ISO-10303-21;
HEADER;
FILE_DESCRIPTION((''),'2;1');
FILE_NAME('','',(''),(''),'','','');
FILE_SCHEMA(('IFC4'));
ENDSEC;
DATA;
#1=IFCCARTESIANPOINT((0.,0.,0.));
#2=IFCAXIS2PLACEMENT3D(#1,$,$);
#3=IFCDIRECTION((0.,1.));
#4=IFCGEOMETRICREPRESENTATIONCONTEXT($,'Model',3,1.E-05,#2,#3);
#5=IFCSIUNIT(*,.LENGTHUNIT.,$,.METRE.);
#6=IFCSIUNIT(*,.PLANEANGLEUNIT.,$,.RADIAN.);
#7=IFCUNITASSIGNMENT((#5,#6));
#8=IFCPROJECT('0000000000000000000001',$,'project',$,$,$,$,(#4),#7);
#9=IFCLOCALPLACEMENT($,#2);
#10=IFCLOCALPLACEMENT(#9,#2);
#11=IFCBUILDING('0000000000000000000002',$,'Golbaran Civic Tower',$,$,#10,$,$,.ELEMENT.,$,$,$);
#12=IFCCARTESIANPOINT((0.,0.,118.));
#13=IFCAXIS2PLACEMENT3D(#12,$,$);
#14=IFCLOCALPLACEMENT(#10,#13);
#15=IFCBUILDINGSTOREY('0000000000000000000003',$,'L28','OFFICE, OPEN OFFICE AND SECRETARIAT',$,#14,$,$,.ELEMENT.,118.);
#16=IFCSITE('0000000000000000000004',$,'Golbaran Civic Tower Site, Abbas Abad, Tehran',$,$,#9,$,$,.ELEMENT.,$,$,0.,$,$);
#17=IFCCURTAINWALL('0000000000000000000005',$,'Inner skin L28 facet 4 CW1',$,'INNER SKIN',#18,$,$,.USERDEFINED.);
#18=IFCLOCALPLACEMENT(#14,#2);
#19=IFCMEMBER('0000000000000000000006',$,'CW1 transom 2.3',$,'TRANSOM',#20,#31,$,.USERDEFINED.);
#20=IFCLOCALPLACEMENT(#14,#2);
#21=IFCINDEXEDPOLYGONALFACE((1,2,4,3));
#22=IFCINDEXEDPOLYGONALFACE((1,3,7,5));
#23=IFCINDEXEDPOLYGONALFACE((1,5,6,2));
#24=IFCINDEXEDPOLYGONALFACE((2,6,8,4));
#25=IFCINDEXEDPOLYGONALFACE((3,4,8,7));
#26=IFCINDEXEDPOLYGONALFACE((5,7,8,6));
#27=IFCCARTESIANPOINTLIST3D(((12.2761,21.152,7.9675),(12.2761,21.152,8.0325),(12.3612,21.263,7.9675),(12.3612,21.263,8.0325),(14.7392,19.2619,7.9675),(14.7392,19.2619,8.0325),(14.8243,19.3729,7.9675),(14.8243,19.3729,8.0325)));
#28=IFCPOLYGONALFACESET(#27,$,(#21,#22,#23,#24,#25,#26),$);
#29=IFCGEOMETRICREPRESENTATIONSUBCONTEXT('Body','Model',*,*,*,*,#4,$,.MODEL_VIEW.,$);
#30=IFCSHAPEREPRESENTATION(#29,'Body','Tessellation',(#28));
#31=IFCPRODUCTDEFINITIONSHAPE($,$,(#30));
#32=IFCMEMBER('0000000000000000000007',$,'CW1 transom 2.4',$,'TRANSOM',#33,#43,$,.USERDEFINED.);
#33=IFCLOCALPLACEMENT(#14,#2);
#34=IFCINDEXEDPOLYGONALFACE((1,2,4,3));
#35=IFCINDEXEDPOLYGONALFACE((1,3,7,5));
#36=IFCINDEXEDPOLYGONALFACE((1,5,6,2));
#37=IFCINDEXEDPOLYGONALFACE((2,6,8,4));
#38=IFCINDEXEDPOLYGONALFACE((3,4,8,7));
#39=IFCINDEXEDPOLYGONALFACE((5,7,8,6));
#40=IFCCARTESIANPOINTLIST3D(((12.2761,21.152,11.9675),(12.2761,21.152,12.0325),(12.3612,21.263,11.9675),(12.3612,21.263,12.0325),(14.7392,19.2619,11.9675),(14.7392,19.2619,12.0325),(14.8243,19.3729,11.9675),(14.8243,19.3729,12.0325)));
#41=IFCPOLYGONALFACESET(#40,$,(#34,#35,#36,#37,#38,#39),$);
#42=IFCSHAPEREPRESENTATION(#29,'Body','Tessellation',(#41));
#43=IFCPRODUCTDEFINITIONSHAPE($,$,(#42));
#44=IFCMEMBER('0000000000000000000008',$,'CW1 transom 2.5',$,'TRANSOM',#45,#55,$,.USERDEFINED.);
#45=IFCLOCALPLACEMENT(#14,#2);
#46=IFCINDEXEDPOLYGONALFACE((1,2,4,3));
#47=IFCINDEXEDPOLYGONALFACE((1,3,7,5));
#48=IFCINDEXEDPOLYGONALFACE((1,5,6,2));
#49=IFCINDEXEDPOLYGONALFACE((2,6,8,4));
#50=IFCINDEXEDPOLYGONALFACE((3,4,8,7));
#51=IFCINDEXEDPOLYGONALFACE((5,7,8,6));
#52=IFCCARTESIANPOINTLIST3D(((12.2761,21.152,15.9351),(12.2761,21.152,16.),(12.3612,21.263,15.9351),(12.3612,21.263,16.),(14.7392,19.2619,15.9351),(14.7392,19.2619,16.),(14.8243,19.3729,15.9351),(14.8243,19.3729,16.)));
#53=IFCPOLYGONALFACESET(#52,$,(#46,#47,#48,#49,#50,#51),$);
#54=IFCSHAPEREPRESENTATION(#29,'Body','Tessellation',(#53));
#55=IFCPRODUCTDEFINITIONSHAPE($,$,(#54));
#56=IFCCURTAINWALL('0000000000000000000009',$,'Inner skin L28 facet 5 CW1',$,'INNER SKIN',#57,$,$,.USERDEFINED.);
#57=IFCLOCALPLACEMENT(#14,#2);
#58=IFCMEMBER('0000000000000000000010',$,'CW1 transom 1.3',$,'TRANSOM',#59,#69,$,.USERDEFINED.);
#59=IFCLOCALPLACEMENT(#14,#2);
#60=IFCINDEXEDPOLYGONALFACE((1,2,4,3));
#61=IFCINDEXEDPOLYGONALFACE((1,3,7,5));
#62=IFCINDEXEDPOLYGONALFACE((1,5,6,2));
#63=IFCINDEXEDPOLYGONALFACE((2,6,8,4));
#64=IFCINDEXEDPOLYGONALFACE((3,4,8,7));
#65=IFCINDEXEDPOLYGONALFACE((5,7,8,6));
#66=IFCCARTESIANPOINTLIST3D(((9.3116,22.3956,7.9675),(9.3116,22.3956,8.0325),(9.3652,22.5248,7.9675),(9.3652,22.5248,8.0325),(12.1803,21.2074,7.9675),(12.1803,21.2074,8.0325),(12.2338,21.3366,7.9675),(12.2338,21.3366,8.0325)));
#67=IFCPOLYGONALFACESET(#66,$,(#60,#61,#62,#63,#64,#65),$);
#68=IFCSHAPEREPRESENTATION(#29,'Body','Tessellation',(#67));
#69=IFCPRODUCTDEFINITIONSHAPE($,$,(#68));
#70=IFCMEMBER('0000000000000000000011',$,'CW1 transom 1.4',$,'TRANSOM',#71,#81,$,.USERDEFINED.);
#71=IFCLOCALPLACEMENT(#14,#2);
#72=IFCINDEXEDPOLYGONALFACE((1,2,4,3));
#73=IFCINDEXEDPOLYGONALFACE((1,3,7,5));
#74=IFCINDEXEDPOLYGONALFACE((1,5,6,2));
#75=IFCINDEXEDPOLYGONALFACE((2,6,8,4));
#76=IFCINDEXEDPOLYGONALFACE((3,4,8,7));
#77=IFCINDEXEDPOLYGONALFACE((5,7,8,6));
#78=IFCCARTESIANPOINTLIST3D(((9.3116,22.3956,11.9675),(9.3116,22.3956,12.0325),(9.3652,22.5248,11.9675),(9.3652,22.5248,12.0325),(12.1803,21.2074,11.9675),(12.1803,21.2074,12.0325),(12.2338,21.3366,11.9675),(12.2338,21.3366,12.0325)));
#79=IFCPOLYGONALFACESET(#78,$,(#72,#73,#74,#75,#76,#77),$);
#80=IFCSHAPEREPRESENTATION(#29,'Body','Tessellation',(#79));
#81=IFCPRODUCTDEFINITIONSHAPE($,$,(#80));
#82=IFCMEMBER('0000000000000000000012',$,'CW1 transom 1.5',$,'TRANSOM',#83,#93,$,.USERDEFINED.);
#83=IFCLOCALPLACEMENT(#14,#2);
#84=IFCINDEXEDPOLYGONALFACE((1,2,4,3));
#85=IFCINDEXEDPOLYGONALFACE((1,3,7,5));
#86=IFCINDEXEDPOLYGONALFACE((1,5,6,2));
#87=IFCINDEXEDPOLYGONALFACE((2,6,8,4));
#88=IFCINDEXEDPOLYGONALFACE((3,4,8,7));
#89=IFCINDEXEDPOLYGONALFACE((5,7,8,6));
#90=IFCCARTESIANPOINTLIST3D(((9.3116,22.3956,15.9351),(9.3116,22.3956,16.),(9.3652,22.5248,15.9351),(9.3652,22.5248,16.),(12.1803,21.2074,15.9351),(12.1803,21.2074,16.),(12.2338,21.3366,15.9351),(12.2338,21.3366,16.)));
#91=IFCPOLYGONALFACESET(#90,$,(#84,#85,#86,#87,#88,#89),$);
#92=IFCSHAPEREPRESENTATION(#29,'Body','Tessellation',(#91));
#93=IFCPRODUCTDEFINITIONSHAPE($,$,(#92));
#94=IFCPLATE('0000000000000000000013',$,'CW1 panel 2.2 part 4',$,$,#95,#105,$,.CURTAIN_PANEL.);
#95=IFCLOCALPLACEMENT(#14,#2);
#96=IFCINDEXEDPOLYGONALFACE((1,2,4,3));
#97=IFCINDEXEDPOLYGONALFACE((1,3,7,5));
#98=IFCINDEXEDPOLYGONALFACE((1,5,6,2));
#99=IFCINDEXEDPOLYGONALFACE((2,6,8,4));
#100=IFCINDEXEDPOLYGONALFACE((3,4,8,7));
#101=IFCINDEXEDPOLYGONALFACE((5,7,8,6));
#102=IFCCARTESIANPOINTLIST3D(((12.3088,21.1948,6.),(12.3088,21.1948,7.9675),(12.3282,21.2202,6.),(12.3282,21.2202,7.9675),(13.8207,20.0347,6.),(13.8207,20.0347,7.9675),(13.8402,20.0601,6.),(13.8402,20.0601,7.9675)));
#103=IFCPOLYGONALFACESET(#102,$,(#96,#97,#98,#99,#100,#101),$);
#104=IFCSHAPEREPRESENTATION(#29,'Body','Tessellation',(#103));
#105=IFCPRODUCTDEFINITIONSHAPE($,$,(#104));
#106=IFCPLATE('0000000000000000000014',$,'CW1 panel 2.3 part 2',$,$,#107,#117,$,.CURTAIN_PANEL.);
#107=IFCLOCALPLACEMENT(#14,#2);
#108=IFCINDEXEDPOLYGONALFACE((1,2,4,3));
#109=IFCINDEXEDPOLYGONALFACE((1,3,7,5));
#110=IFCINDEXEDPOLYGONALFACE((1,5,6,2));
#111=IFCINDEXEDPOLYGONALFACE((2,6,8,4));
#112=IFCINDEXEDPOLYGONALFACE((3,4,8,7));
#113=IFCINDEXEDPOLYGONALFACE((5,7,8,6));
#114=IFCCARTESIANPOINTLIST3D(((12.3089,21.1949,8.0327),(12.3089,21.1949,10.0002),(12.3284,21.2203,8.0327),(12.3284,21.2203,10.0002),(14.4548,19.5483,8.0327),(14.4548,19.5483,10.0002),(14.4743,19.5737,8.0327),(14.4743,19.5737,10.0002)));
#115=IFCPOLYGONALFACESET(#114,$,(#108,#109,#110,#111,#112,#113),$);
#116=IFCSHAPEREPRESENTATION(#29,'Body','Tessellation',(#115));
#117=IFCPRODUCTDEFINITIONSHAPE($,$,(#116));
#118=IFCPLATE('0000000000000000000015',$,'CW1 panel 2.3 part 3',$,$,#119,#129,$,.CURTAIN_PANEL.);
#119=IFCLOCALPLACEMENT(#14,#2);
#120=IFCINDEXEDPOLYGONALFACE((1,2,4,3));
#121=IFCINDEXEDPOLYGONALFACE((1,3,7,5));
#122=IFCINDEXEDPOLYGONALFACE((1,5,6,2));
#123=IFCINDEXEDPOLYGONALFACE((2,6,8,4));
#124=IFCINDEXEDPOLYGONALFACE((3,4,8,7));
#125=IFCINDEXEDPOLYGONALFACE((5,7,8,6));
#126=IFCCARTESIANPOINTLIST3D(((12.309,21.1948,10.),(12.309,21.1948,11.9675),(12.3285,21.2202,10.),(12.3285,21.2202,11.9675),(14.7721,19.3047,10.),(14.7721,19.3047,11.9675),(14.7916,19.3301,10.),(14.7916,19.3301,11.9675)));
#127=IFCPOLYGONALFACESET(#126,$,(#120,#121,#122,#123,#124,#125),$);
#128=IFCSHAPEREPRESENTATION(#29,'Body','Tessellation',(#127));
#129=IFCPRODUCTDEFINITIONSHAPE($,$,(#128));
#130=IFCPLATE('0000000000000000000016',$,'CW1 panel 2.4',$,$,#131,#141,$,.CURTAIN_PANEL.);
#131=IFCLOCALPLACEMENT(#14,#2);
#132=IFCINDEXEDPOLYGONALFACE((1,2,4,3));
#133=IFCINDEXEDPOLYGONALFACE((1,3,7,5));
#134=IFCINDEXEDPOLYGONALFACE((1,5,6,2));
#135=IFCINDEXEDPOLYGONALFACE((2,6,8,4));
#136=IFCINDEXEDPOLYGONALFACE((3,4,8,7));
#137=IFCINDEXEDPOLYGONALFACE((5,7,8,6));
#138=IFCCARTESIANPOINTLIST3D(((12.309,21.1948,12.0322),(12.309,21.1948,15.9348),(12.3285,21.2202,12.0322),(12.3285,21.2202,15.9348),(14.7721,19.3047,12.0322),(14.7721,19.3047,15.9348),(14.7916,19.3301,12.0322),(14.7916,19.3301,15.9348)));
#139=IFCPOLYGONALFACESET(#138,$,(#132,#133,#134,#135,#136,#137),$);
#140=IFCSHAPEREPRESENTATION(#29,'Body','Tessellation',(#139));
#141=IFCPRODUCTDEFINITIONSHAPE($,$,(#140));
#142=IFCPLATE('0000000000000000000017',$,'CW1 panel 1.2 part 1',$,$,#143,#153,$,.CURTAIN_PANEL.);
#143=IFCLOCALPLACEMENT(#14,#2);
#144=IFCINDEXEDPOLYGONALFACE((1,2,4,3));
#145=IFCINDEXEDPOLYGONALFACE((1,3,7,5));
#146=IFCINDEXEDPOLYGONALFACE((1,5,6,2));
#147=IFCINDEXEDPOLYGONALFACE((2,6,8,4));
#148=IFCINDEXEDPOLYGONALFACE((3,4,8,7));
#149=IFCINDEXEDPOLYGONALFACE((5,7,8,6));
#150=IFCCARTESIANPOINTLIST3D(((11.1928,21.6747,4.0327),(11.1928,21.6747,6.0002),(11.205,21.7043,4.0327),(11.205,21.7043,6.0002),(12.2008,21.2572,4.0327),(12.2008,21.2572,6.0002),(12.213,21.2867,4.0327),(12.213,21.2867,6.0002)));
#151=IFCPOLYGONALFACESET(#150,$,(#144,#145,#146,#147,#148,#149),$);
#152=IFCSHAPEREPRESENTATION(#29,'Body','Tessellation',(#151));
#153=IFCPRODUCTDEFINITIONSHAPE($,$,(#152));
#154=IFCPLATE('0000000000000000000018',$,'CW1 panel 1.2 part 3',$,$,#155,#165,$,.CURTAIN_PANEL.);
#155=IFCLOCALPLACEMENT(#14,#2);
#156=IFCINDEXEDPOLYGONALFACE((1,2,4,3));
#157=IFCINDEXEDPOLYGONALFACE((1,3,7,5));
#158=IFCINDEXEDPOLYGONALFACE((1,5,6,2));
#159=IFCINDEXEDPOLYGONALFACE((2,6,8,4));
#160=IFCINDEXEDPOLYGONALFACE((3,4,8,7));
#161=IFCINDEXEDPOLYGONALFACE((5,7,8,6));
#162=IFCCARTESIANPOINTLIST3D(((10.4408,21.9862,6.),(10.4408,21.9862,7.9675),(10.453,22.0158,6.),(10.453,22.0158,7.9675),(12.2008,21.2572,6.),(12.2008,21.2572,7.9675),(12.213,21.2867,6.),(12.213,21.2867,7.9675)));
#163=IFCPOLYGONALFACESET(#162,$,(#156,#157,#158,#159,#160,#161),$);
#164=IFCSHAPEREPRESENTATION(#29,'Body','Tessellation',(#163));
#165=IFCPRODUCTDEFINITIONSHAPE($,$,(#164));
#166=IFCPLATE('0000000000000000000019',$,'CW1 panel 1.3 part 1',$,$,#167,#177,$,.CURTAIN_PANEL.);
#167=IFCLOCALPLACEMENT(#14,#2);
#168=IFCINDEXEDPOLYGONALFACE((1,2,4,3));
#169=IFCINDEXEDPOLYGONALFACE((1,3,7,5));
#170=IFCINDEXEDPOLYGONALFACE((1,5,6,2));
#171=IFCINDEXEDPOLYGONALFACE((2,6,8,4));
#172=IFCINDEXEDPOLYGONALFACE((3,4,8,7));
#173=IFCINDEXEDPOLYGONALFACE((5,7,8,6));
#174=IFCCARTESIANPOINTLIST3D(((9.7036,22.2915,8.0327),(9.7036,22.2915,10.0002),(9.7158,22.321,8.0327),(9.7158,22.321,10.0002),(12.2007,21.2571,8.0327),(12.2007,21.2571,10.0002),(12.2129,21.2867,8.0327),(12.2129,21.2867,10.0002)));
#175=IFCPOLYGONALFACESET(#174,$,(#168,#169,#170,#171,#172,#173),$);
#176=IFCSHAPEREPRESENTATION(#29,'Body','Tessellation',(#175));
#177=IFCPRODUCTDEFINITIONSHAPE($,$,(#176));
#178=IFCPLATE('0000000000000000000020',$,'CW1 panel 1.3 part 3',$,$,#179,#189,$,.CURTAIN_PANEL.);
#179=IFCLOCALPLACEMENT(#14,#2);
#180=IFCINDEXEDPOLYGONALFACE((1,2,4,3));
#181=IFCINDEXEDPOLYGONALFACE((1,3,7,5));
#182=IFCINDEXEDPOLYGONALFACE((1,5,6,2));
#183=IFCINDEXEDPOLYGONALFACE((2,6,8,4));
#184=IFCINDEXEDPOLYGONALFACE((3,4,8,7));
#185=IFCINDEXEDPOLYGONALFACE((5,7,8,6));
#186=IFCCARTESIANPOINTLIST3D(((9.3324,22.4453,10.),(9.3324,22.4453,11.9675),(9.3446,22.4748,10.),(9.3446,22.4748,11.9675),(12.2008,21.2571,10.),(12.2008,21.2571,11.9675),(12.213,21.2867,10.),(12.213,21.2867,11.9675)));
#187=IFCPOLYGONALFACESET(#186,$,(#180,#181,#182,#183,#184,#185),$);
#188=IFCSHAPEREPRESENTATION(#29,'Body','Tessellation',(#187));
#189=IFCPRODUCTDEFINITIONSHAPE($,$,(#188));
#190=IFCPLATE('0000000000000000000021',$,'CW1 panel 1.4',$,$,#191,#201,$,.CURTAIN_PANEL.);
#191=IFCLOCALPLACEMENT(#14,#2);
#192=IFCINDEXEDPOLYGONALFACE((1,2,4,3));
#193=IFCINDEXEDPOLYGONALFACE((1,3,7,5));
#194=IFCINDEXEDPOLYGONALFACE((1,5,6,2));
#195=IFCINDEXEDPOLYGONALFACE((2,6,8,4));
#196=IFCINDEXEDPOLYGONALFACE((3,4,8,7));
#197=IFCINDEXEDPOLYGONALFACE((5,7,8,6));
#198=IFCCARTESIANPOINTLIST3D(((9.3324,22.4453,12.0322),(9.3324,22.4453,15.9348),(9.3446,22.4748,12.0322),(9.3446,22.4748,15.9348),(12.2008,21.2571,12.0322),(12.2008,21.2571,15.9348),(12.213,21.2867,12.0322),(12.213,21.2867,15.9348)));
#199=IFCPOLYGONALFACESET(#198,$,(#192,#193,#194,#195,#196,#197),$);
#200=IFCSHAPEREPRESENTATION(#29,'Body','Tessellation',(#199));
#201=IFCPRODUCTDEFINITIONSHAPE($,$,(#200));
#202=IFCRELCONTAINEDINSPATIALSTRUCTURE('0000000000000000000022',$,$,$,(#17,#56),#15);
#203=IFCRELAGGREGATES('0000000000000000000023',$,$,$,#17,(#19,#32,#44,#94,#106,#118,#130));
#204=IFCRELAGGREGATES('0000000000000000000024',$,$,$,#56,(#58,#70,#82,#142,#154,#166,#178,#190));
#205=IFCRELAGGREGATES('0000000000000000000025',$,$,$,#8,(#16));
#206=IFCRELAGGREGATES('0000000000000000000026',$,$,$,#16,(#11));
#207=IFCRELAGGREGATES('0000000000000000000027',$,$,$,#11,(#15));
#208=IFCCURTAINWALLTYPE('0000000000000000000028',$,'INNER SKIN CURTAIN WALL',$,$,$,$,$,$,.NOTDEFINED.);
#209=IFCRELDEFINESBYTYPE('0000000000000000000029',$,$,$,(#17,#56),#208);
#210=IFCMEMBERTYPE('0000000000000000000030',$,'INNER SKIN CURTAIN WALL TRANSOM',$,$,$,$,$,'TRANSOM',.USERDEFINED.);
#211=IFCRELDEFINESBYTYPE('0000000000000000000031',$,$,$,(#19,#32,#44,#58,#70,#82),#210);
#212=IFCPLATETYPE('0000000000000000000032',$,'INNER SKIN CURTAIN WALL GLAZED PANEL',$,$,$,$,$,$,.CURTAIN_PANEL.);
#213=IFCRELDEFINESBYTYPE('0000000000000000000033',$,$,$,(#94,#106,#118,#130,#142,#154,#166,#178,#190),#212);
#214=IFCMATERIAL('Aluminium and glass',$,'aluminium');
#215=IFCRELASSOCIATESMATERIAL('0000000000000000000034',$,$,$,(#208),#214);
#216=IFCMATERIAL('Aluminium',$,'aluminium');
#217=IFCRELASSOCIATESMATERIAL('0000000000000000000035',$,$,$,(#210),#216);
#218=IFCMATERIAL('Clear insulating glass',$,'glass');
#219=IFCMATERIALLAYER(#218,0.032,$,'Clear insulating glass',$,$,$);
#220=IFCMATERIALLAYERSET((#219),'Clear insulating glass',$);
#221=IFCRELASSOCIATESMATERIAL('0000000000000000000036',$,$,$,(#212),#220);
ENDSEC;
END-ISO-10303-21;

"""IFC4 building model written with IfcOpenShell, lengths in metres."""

from ifc_helpers import new_model, si_unit, direction, frame, origin, origin_2d, place, context, subcontext, project, spatial, rectangle, extrude, material, layer, layer_set, material_profile, profile_set, type_object, element, aggregate, save


model = new_model("IFC4")

# Units and contexts
model_context = context("Model", 3, precision=1e-05, world=origin(), true_north=direction((0.0, 1.0)))
body_context = subcontext(model_context, "Body", "Model", "MODEL_VIEW")
ifc_project = project(units=[si_unit("LENGTHUNIT", "METRE"), si_unit("PLANEANGLEUNIT", "RADIAN")], contexts=[model_context])

# Site, building, storey
site_placement = place(None, origin())
site = spatial("IfcSite", under=ifc_project, at=site_placement, Name="Golbaran Civic Tower Site, Abbas Abad, Tehran", CompositionType="ELEMENT", RefElevation=0.0)
building_placement = place(site_placement, origin())
building = spatial("IfcBuilding", under=site, at=building_placement, Name="Golbaran Civic Tower", CompositionType="ELEMENT")
storey_placement = place(building_placement, frame((0.0, 0.0, 118.0)))
storey = spatial("IfcBuildingStorey", under=building, at=storey_placement, Name="L28", Description="OFFICE, OPEN OFFICE AND SECRETARIAT", CompositionType="ELEMENT", Elevation=118.0)

# Curtain walls, members
ifc_material_1 = material(Name="Aluminium and glass", Category="aluminium")
curtain_wall_type_1 = type_object("IfcCurtainWallType", Name="INNER SKIN CURTAIN WALL", PredefinedType="NOTDEFINED", material=ifc_material_1)
curtain_wall_1_placement = place(storey_placement, origin())
curtain_wall_1 = element("IfcCurtainWall", 1, at=curtain_wall_1_placement, inside=storey, type_object=curtain_wall_type_1, Name="Inner skin L28 facet 4 CW1", ObjectType="INNER SKIN", PredefinedType="USERDEFINED")
ifc_material_2 = material(Name="Aluminium", Category="aluminium")
ifc_material_profile = material_profile(ifc_material_2, rectangle(XDim=0.1399, YDim=0.0649, at=origin_2d()), Name="INNER SKIN CURTAIN WALL TRANSOM")
ifc_profile_set = profile_set([ifc_material_profile], Name="Aluminium")
member_type = type_object("IfcMemberType", Name="INNER SKIN CURTAIN WALL TRANSOM", ElementType="TRANSOM", PredefinedType="USERDEFINED", material=ifc_profile_set)
member_1_placement = place(storey_placement, frame((14.7817, 19.3174, 8.0), z_axis=(-0.793337, 0.608783, 0.0), x_axis=(-0.608783, -0.793337, 0.0)))
member_1 = element("IfcMember", 2, at=member_1_placement, type_object=member_type, Name="CW1 transom 2.3", ObjectType="TRANSOM", PredefinedType="USERDEFINED", context=body_context, shape_type="SweptSolid", body=[
    extrude(rectangle(XDim=0.1399, YDim=0.0649, at=origin_2d()), origin(), (0.0, 0.0, 1.0), 3.1047),
])
member_2_placement = place(storey_placement, frame((14.7817, 19.3174, 12.0), z_axis=(-0.793337, 0.608783, 0.0), x_axis=(-0.608783, -0.793337, 0.0)))
member_2 = element("IfcMember", 3, at=member_2_placement, type_object=member_type, Name="CW1 transom 2.4", ObjectType="TRANSOM", PredefinedType="USERDEFINED", context=body_context, shape_type="SweptSolid", body=[
    extrude(rectangle(XDim=0.1399, YDim=0.0649, at=origin_2d()), origin(), (0.0, 0.0, 1.0), 3.1047),
])
member_3_placement = place(storey_placement, frame((14.7817, 19.3174, 15.9675), z_axis=(-0.793337, 0.608783, 0.0), x_axis=(-0.608783, -0.793337, 0.0)))
member_3 = element("IfcMember", 4, at=member_3_placement, type_object=member_type, Name="CW1 transom 2.5", ObjectType="TRANSOM", PredefinedType="USERDEFINED", context=body_context, shape_type="SweptSolid", body=[
    extrude(rectangle(XDim=0.1399, YDim=0.0649, at=origin_2d()), origin(), (0.0, 0.0, 1.0), 3.1047),
])
curtain_wall_2_placement = place(storey_placement, origin())
curtain_wall_2 = element("IfcCurtainWall", 5, at=curtain_wall_2_placement, inside=storey, type_object=curtain_wall_type_1, Name="Inner skin L28 facet 5 CW1", ObjectType="INNER SKIN", PredefinedType="USERDEFINED")
member_4_placement = place(storey_placement, frame((12.207, 21.272, 8.0), z_axis=(-0.92388, 0.382683, 0.0), x_axis=(-0.382683, -0.92388, 0.0)))
member_4 = element("IfcMember", 6, at=member_4_placement, type_object=member_type, Name="CW1 transom 1.3", ObjectType="TRANSOM", PredefinedType="USERDEFINED", context=body_context, shape_type="SweptSolid", body=[
    extrude(rectangle(XDim=0.1399, YDim=0.0649, at=origin_2d()), origin(), (0.0, 0.0, 1.0), 3.105),
])
member_5_placement = place(storey_placement, frame((12.207, 21.272, 12.0), z_axis=(-0.92388, 0.382683, 0.0), x_axis=(-0.382683, -0.92388, 0.0)))
member_5 = element("IfcMember", 7, at=member_5_placement, type_object=member_type, Name="CW1 transom 1.4", ObjectType="TRANSOM", PredefinedType="USERDEFINED", context=body_context, shape_type="SweptSolid", body=[
    extrude(rectangle(XDim=0.1399, YDim=0.0649, at=origin_2d()), origin(), (0.0, 0.0, 1.0), 3.105),
])
member_6_placement = place(storey_placement, frame((12.207, 21.272, 15.9675), z_axis=(-0.92388, 0.382683, 0.0), x_axis=(-0.382683, -0.92388, 0.0)))
member_6 = element("IfcMember", 8, at=member_6_placement, type_object=member_type, Name="CW1 transom 1.5", ObjectType="TRANSOM", PredefinedType="USERDEFINED", context=body_context, shape_type="SweptSolid", body=[
    extrude(rectangle(XDim=0.1399, YDim=0.0649, at=origin_2d()), origin(), (0.0, 0.0, 1.0), 3.105),
])

# Plates
ifc_material_3 = material(Name="Clear insulating glass", Category="glass")
ifc_layer_1 = layer(ifc_material_3, 0.032, Name="Clear insulating glass")
ifc_layer_set_1 = layer_set([ifc_layer_1], Name="Clear insulating glass")
plate_type_1 = type_object("IfcPlateType", Name="INNER SKIN CURTAIN WALL GLAZED PANEL", PredefinedType="CURTAIN_PANEL", material=ifc_layer_set_1)
plate_1_placement = place(storey_placement, frame((13.0745, 20.6274, 6.0), z_axis=(0.0, 0.0, 1.0), x_axis=(-0.793353, 0.608761, 0.0)))
plate_1 = element("IfcPlate", 9, at=plate_1_placement, type_object=plate_type_1, Name="CW1 panel 2.2 part 4", PredefinedType="CURTAIN_PANEL", context=body_context, shape_type="SweptSolid", body=[
    extrude(rectangle(XDim=1.9058, YDim=0.032, at=origin_2d()), origin(), (0.0, 0.0, 1.0), 1.9675),
])
plate_2_placement = place(storey_placement, frame((13.3916, 20.3843, 8.0327), z_axis=(0.0, 0.0, 1.0), x_axis=(-0.793353, 0.608761, 0.0)))
plate_2 = element("IfcPlate", 10, at=plate_2_placement, type_object=plate_type_1, Name="CW1 panel 2.3 part 2", PredefinedType="CURTAIN_PANEL", context=body_context, shape_type="SweptSolid", body=[
    extrude(rectangle(XDim=2.7048, YDim=0.032, at=origin_2d()), origin(), (0.0, 0.0, 1.0), 1.9675),
])
plate_3_placement = place(storey_placement, frame((13.5503, 20.2625, 10.0), z_axis=(0.0, 0.0, 1.0), x_axis=(-0.793353, 0.608761, 0.0)))
plate_3 = element("IfcPlate", 11, at=plate_3_placement, type_object=plate_type_1, Name="CW1 panel 2.3 part 3", PredefinedType="CURTAIN_PANEL", context=body_context, shape_type="SweptSolid", body=[
    extrude(rectangle(XDim=3.1047, YDim=0.032, at=origin_2d()), origin(), (0.0, 0.0, 1.0), 1.9675),
])
plate_4_placement = place(storey_placement, frame((13.5503, 20.2625, 12.0322), z_axis=(0.0, 0.0, 1.0), x_axis=(-0.793353, 0.608761, 0.0)))
plate_4 = element("IfcPlate", 12, at=plate_4_placement, type_object=plate_type_1, Name="CW1 panel 2.4", PredefinedType="CURTAIN_PANEL", context=body_context, shape_type="SweptSolid", body=[
    extrude(rectangle(XDim=3.1047, YDim=0.032, at=origin_2d()), origin(), (0.0, 0.0, 1.0), 3.9026),
])
plate_5_placement = place(storey_placement, frame((11.7029, 21.4807, 4.0327), z_axis=(0.0, 0.0, 1.0), x_axis=(-0.92388, 0.382683, 0.0)))
plate_5 = element("IfcPlate", 13, at=plate_5_placement, type_object=plate_type_1, Name="CW1 panel 1.2 part 1", PredefinedType="CURTAIN_PANEL", context=body_context, shape_type="SweptSolid", body=[
    extrude(rectangle(XDim=1.0911, YDim=0.032, at=origin_2d()), origin(), (0.0, 0.0, 1.0), 1.9675),
])
plate_6_placement = place(storey_placement, frame((11.3269, 21.6365, 6.0), z_axis=(0.0, 0.0, 1.0), x_axis=(-0.92388, 0.382683, 0.0)))
plate_6 = element("IfcPlate", 14, at=plate_6_placement, type_object=plate_type_1, Name="CW1 panel 1.2 part 3", PredefinedType="CURTAIN_PANEL", context=body_context, shape_type="SweptSolid", body=[
    extrude(rectangle(XDim=1.905, YDim=0.032, at=origin_2d()), origin(), (0.0, 0.0, 1.0), 1.9675),
])
plate_7_placement = place(storey_placement, frame((10.9583, 21.7891, 8.0327), z_axis=(0.0, 0.0, 1.0), x_axis=(-0.92388, 0.382683, 0.0)))
plate_7 = element("IfcPlate", 15, at=plate_7_placement, type_object=plate_type_1, Name="CW1 panel 1.3 part 1", PredefinedType="CURTAIN_PANEL", context=body_context, shape_type="SweptSolid", body=[
    extrude(rectangle(XDim=2.7029, YDim=0.032, at=origin_2d()), origin(), (0.0, 0.0, 1.0), 1.9675),
])
plate_8_placement = place(storey_placement, frame((10.7727, 21.866, 10.0), z_axis=(0.0, 0.0, 1.0), x_axis=(-0.92388, 0.382683, 0.0)))
plate_8 = element("IfcPlate", 16, at=plate_8_placement, type_object=plate_type_1, Name="CW1 panel 1.3 part 3", PredefinedType="CURTAIN_PANEL", context=body_context, shape_type="SweptSolid", body=[
    extrude(rectangle(XDim=3.1047, YDim=0.032, at=origin_2d()), origin(), (0.0, 0.0, 1.0), 1.9675),
])
plate_9_placement = place(storey_placement, frame((10.7727, 21.866, 12.0322), z_axis=(0.0, 0.0, 1.0), x_axis=(-0.92388, 0.382683, 0.0)))
plate_9 = element("IfcPlate", 17, at=plate_9_placement, type_object=plate_type_1, Name="CW1 panel 1.4", PredefinedType="CURTAIN_PANEL", context=body_context, shape_type="SweptSolid", body=[
    extrude(rectangle(XDim=3.1047, YDim=0.032, at=origin_2d()), origin(), (0.0, 0.0, 1.0), 3.9026),
])
aggregate(curtain_wall_1, [member_1, member_2, member_3, plate_1, plate_2, plate_3, plate_4])
aggregate(curtain_wall_2, [member_4, member_5, member_6, plate_5, plate_6, plate_7, plate_8, plate_9])

save(model, "model.ifc")
